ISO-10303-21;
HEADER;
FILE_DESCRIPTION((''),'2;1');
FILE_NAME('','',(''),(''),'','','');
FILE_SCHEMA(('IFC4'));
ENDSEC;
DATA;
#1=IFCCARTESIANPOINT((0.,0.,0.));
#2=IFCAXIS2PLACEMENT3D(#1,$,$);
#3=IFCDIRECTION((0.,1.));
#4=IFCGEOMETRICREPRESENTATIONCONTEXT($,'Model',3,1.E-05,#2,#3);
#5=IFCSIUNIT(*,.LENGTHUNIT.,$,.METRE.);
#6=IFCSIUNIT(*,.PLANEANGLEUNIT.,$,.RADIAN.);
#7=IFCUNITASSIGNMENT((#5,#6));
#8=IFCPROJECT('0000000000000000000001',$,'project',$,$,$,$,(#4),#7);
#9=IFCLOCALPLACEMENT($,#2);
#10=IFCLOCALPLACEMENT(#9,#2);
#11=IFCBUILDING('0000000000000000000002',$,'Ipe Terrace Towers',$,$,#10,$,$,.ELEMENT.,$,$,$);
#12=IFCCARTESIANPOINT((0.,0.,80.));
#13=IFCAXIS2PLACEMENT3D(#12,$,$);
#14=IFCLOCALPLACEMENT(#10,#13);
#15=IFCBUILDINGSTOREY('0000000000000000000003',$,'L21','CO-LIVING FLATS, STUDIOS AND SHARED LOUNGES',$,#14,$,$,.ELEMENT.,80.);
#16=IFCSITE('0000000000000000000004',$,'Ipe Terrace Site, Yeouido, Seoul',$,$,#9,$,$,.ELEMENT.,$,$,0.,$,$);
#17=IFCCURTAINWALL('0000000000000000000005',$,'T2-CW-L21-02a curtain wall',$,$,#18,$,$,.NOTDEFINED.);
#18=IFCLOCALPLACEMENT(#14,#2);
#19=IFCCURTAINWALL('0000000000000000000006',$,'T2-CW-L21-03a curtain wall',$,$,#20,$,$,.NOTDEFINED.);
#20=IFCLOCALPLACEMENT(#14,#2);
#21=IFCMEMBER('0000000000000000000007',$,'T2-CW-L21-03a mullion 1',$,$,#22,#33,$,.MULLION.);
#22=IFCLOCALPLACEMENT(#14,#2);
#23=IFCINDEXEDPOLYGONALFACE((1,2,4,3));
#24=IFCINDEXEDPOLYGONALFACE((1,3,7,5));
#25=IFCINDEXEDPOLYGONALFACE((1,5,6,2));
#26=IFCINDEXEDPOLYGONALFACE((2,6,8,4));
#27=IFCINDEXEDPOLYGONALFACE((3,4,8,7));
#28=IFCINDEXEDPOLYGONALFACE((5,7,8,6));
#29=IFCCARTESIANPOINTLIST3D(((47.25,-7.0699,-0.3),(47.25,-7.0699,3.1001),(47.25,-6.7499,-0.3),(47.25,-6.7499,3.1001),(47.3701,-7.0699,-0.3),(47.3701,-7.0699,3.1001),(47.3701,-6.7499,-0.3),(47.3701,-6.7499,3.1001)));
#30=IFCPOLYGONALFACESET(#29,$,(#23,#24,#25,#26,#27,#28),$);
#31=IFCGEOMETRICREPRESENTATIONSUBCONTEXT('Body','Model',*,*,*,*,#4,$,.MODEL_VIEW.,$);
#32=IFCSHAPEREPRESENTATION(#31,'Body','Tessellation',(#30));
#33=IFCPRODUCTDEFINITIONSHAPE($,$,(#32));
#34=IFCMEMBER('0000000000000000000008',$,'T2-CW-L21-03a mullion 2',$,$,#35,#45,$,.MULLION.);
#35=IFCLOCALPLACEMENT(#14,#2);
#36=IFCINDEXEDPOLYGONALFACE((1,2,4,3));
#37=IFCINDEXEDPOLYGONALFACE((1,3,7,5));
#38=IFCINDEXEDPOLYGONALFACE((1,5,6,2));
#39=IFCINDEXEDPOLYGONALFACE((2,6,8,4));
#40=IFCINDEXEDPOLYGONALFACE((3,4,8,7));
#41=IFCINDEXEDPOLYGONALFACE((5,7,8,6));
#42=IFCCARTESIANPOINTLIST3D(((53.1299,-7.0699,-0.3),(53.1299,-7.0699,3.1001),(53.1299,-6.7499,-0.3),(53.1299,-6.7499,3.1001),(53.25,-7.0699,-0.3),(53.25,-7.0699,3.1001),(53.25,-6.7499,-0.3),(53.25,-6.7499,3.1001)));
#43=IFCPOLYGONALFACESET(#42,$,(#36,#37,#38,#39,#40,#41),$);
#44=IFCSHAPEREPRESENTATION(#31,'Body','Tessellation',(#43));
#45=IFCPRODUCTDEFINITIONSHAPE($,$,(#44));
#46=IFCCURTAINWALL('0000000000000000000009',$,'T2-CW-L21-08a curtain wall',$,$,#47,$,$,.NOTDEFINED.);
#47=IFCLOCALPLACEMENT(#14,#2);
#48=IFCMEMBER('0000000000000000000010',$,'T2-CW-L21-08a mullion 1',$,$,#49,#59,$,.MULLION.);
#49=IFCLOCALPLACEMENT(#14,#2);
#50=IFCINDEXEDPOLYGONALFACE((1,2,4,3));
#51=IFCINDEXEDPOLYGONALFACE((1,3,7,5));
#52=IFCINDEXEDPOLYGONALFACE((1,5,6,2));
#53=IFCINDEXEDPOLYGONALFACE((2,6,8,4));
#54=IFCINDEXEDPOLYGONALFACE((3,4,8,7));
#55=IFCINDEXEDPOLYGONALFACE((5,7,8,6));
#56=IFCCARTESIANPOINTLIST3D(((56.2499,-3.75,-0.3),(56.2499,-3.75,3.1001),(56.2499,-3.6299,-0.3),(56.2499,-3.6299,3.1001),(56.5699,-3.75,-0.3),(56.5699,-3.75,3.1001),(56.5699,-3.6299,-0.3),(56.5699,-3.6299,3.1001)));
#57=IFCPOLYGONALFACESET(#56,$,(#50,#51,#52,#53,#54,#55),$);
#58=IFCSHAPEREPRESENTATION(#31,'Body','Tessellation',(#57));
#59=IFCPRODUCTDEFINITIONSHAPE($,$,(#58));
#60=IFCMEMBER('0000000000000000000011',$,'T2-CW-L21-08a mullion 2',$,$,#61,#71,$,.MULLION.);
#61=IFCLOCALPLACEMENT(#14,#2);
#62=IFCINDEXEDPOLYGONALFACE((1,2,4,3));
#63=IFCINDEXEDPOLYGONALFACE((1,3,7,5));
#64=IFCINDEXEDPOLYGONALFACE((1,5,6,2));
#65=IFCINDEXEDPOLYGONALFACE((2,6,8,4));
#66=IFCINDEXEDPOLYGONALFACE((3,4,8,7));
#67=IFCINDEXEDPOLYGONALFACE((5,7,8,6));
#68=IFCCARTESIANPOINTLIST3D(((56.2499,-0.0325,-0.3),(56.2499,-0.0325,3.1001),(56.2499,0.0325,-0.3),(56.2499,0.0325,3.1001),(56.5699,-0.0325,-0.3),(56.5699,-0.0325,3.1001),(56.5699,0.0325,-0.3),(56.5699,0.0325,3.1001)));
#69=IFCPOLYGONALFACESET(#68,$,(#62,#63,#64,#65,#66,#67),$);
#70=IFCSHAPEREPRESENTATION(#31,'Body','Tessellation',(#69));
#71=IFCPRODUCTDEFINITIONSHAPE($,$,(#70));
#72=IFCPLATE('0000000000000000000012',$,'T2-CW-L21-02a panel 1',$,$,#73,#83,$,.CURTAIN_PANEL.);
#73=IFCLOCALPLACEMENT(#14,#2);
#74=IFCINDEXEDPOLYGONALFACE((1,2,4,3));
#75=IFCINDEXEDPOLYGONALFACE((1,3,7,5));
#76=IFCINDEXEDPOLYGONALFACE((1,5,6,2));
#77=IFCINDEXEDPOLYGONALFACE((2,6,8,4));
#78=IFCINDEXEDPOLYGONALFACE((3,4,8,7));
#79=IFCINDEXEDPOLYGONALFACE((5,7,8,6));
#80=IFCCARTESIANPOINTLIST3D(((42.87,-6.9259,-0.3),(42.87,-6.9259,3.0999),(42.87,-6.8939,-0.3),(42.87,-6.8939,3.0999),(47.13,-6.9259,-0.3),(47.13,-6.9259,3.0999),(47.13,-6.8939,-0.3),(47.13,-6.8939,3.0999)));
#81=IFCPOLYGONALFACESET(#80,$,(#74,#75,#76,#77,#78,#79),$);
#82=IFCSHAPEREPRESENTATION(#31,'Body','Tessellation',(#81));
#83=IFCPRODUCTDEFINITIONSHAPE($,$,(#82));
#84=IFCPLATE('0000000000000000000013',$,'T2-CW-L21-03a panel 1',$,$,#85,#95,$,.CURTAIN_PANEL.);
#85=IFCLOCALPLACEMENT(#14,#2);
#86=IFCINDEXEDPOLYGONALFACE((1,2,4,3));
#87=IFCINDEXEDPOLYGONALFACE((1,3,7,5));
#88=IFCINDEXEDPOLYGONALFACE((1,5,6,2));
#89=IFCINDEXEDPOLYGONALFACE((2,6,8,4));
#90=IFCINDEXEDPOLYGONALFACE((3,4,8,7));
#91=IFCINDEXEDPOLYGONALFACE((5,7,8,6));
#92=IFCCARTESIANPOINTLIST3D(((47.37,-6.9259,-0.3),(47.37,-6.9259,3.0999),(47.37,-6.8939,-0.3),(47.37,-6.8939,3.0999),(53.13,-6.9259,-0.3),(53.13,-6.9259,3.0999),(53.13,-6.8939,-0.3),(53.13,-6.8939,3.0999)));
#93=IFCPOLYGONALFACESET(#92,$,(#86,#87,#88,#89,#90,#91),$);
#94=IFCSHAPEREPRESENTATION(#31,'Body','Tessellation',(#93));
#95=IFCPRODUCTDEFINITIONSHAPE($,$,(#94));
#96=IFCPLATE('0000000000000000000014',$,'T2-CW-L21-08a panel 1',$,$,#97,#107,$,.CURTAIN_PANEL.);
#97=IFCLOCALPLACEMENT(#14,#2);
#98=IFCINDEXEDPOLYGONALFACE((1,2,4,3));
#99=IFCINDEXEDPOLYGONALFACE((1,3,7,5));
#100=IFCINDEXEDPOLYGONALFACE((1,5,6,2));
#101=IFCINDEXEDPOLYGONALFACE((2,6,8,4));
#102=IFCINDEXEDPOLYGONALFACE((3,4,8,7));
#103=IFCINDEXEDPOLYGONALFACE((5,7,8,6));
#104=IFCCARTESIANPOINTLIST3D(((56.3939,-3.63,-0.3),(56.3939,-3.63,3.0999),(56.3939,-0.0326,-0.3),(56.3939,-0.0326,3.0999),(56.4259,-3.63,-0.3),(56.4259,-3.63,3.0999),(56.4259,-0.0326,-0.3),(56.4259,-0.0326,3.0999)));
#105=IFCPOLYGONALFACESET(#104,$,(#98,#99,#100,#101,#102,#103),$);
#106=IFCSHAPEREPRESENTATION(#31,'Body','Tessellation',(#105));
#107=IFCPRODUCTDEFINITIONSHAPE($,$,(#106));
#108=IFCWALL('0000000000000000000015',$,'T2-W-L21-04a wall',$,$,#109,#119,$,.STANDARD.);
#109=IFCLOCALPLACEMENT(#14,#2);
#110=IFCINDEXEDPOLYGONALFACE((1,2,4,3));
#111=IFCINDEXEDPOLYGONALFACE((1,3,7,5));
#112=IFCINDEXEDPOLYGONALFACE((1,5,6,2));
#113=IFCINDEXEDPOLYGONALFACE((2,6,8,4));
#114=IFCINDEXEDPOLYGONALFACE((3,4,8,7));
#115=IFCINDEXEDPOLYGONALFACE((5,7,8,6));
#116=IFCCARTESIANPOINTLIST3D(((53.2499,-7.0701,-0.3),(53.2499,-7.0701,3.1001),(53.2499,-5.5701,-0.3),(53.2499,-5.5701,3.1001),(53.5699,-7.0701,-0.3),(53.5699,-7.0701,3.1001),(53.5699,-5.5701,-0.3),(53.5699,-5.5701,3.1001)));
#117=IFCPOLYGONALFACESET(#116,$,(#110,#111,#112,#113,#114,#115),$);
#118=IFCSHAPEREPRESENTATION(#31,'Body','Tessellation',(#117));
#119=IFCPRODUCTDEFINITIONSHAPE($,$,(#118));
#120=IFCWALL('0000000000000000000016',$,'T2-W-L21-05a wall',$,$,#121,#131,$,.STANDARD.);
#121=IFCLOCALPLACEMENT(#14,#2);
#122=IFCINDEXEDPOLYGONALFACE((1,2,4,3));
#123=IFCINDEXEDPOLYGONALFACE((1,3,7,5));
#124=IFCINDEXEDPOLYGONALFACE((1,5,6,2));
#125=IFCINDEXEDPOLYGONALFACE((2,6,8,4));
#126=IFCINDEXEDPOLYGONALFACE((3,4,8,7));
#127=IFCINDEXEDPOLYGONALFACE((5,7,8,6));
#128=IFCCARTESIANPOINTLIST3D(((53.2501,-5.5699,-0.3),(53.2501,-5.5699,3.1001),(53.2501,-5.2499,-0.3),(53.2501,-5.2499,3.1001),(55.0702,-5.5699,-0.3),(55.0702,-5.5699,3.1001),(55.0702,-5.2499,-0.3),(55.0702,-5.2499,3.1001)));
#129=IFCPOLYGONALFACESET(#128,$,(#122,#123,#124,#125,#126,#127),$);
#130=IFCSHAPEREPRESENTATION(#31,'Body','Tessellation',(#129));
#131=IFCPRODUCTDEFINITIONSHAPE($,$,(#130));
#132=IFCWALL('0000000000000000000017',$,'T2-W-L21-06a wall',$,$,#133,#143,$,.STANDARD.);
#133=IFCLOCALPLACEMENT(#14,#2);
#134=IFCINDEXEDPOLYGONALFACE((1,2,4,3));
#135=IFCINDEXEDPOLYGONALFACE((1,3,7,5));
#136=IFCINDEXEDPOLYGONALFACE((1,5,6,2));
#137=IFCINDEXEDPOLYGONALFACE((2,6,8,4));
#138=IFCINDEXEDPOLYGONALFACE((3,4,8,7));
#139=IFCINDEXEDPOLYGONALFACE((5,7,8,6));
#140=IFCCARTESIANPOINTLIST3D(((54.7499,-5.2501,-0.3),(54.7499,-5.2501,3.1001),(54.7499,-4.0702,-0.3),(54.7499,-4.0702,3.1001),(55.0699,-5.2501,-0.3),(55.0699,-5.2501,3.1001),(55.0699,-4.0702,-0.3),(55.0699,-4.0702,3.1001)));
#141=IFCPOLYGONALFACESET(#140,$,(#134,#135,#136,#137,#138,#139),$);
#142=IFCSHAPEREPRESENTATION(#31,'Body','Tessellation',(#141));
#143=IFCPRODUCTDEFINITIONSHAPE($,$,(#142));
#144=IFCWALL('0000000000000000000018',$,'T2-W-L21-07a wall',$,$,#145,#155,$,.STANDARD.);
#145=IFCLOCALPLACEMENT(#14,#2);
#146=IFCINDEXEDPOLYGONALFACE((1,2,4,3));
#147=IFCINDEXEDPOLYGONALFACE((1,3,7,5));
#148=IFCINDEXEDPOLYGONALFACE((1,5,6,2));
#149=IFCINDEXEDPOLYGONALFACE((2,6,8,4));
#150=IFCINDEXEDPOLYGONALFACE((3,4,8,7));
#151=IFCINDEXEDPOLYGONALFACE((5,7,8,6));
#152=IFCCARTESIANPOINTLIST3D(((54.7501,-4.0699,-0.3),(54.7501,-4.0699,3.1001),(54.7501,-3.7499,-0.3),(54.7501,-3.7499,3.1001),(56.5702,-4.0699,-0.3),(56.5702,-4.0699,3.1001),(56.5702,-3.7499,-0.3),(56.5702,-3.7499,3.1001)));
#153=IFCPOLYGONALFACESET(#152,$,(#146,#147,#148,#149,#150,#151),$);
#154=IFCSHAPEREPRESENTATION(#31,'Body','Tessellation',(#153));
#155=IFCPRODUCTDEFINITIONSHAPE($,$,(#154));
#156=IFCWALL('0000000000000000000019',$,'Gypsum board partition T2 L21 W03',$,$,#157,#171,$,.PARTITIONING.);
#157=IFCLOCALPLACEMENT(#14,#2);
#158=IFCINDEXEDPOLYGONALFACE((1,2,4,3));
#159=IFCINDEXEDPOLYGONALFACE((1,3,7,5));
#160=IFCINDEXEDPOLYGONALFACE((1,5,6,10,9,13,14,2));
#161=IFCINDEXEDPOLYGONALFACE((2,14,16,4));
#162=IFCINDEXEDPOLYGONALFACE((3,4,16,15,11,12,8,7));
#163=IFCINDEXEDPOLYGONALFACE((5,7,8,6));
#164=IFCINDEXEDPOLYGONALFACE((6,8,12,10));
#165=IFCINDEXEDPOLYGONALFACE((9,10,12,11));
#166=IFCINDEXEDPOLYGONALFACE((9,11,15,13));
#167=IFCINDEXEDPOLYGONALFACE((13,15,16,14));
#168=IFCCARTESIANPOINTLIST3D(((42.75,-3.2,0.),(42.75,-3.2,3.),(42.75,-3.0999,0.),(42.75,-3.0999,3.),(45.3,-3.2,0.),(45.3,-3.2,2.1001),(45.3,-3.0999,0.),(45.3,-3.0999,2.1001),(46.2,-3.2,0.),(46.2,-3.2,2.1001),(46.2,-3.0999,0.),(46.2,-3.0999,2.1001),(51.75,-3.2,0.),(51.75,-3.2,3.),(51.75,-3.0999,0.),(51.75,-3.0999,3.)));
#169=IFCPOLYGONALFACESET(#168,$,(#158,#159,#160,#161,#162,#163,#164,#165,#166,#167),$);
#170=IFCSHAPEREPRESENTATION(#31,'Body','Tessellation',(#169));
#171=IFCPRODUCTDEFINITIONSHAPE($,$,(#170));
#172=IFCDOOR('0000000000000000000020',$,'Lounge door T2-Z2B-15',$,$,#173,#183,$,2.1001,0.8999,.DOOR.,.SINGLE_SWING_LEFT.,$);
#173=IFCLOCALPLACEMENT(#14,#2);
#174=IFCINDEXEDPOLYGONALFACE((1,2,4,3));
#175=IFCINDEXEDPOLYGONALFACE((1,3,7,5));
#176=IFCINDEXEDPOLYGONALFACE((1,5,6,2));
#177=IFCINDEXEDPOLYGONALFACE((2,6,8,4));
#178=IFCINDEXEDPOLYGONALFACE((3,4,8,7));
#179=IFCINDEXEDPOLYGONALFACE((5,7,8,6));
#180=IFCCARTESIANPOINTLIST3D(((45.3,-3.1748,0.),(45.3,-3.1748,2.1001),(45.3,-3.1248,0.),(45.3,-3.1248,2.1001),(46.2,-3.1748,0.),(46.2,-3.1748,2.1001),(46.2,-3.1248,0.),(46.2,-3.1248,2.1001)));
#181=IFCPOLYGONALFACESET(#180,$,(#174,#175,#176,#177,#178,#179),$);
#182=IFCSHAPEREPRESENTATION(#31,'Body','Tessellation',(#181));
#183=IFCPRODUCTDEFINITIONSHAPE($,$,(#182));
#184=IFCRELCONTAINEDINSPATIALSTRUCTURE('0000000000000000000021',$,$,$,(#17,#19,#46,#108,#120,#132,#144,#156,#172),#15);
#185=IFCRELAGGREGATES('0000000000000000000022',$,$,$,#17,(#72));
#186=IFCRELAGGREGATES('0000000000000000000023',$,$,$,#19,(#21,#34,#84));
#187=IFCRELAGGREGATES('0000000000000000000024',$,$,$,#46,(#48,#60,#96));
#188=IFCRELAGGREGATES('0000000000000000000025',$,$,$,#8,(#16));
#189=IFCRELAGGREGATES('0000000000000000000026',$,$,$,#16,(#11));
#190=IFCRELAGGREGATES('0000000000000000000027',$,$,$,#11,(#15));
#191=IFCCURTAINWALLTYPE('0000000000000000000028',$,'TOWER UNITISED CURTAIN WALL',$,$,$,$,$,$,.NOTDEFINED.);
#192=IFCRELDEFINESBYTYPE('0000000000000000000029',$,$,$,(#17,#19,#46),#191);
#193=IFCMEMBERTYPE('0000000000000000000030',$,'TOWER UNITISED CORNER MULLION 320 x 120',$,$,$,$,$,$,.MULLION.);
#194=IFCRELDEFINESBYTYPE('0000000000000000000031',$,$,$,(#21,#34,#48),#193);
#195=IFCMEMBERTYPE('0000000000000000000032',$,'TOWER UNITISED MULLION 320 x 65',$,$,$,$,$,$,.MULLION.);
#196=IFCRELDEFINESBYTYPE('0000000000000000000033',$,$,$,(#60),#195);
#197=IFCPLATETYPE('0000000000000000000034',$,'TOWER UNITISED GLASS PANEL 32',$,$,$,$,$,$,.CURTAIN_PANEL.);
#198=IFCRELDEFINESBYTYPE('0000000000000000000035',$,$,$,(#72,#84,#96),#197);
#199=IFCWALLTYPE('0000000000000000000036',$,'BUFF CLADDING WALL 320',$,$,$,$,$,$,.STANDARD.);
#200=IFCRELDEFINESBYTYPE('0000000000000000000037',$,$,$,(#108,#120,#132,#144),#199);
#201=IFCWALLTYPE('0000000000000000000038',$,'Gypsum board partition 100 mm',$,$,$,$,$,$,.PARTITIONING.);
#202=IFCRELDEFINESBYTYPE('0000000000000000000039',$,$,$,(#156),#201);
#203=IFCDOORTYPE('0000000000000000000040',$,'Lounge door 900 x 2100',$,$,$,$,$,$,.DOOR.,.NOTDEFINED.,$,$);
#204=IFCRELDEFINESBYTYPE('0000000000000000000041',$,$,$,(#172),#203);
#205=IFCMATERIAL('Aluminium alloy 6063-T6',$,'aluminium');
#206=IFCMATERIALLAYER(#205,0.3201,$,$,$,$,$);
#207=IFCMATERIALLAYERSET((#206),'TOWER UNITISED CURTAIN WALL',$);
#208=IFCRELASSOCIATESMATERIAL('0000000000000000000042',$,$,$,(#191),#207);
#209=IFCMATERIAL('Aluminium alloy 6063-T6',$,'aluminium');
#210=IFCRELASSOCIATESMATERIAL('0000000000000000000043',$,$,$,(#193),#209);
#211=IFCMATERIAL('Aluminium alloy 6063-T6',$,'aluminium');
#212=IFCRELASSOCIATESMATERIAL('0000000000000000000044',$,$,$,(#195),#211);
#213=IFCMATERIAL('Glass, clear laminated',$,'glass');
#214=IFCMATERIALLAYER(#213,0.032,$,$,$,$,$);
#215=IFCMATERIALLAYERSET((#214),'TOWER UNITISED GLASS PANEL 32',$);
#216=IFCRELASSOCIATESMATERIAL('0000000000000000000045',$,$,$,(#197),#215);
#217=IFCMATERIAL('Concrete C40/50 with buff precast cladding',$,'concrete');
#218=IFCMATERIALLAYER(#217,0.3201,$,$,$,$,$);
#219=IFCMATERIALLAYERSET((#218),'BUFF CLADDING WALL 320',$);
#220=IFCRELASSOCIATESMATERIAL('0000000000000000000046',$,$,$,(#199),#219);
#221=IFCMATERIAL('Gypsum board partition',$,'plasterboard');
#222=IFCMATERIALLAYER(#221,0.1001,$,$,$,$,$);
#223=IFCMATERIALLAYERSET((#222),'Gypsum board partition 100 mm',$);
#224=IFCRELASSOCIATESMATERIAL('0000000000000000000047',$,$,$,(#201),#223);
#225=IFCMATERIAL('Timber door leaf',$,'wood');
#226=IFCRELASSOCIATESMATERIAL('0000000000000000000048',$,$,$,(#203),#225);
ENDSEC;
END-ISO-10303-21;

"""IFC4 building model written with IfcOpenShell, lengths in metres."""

from ifc_helpers import new_model, si_unit, direction, frame, frame_2d, origin, origin_2d, place, context, subcontext, project, spatial, rectangle, extrude, material, layer, layer_set, material_profile, profile_set, type_object, element, fill, aggregate, save


model = new_model("IFC4")

# Units and contexts
model_context = context("Model", 3, precision=1e-05, world=origin(), true_north=direction((0.0, 1.0)))
body_context = subcontext(model_context, "Body", "Model", "MODEL_VIEW")
ifc_project = project(units=[si_unit("LENGTHUNIT", "METRE"), si_unit("PLANEANGLEUNIT", "RADIAN")], contexts=[model_context])

# Site, building, storey
site_placement = place(None, origin())
site = spatial("IfcSite", under=ifc_project, at=site_placement, Name="Ipe Terrace Site, Yeouido, Seoul", CompositionType="ELEMENT", RefElevation=0.0)
building_placement = place(site_placement, origin())
building = spatial("IfcBuilding", under=site, at=building_placement, Name="Ipe Terrace Towers", CompositionType="ELEMENT")
storey_placement = place(building_placement, frame((0.0, 0.0, 80.0)))
storey = spatial("IfcBuildingStorey", under=building, at=storey_placement, Name="L21", Description="CO-LIVING FLATS, STUDIOS AND SHARED LOUNGES", CompositionType="ELEMENT", Elevation=80.0)

# Curtain wall
ifc_material_1 = material(Name="Aluminium alloy 6063-T6", Category="aluminium")
ifc_layer_1 = layer(ifc_material_1, 0.3201)
ifc_layer_set_1 = layer_set([ifc_layer_1], Name="TOWER UNITISED CURTAIN WALL")
curtain_wall_type = type_object("IfcCurtainWallType", Name="TOWER UNITISED CURTAIN WALL", PredefinedType="NOTDEFINED", material=ifc_layer_set_1)
curtain_wall_1_placement = place(storey_placement, origin())
curtain_wall_1 = element("IfcCurtainWall", 1, at=curtain_wall_1_placement, inside=storey, type_object=curtain_wall_type, Name="T2-CW-L21-02a curtain wall", PredefinedType="NOTDEFINED")
ifc_material_2 = material(Name="Aluminium alloy 6063-T6", Category="aluminium")
ifc_material_profile_1 = material_profile(ifc_material_2, rectangle(XDim=0.3201, YDim=0.1201, at=origin_2d()), Name="TOWER UNITISED CORNER MULLION 320 x 120")
ifc_profile_set_1 = profile_set([ifc_material_profile_1], Name="Aluminium alloy 6063-T6")
member_type_1 = type_object("IfcMemberType", Name="TOWER UNITISED CORNER MULLION 320 x 120", PredefinedType="MULLION", material=ifc_profile_set_1)

# Curtain walls, members
curtain_wall_2_placement = place(storey_placement, origin())
curtain_wall_2 = element("IfcCurtainWall", 2, at=curtain_wall_2_placement, inside=storey, type_object=curtain_wall_type, Name="T2-CW-L21-03a curtain wall", PredefinedType="NOTDEFINED")
member_1_placement = place(storey_placement, frame((47.3101, -6.9099, -0.3), z_axis=(0.0, 0.0, 1.0), x_axis=(0.0, -1.0, 0.0)))
member_1 = element("IfcMember", 3, at=member_1_placement, type_object=member_type_1, Name="T2-CW-L21-03a mullion 1", PredefinedType="MULLION", context=body_context, shape_type="SweptSolid", body=[
    extrude(rectangle(XDim=0.3201, YDim=0.1201, at=origin_2d()), origin(), (0.0, 0.0, 1.0), 3.4001),
])
member_2_placement = place(storey_placement, frame((53.1899, -6.9099, -0.3), z_axis=(0.0, 0.0, 1.0), x_axis=(0.0, -1.0, 0.0)))
member_2 = element("IfcMember", 4, at=member_2_placement, type_object=member_type_1, Name="T2-CW-L21-03a mullion 2", PredefinedType="MULLION", context=body_context, shape_type="SweptSolid", body=[
    extrude(rectangle(XDim=0.3201, YDim=0.1201, at=origin_2d()), origin(), (0.0, 0.0, 1.0), 3.4001),
])
curtain_wall_3_placement = place(storey_placement, origin())
curtain_wall_3 = element("IfcCurtainWall", 5, at=curtain_wall_3_placement, inside=storey, type_object=curtain_wall_type, Name="T2-CW-L21-08a curtain wall", PredefinedType="NOTDEFINED")
member_3_placement = place(storey_placement, frame((56.4099, -3.6899, -0.3), z_axis=(0.0, 0.0, 1.0), x_axis=(1.0, 0.0, 0.0)))
member_3 = element("IfcMember", 6, at=member_3_placement, type_object=member_type_1, Name="T2-CW-L21-08a mullion 1", PredefinedType="MULLION", context=body_context, shape_type="SweptSolid", body=[
    extrude(rectangle(XDim=0.3201, YDim=0.1201, at=origin_2d()), origin(), (0.0, 0.0, 1.0), 3.4001),
])
ifc_material_3 = material(Name="Aluminium alloy 6063-T6", Category="aluminium")
ifc_material_profile_2 = material_profile(ifc_material_3, rectangle(XDim=0.3201, YDim=0.0649, at=origin_2d()), Name="TOWER UNITISED MULLION 320 x 65")
ifc_profile_set_2 = profile_set([ifc_material_profile_2], Name="Aluminium alloy 6063-T6")
member_type_2 = type_object("IfcMemberType", Name="TOWER UNITISED MULLION 320 x 65", PredefinedType="MULLION", material=ifc_profile_set_2)
member_4_placement = place(storey_placement, frame((56.4099, 0.0, -0.3), z_axis=(0.0, 0.0, 1.0), x_axis=(1.0, 0.0, 0.0)))
member_4 = element("IfcMember", 7, at=member_4_placement, type_object=member_type_2, Name="T2-CW-L21-08a mullion 2", PredefinedType="MULLION", context=body_context, shape_type="SweptSolid", body=[
    extrude(rectangle(XDim=0.3201, YDim=0.0649, at=origin_2d()), origin(), (0.0, 0.0, 1.0), 3.4001),
])

# Plates
ifc_material_4 = material(Name="Glass, clear laminated", Category="glass")
ifc_layer_2 = layer(ifc_material_4, 0.032)
ifc_layer_set_2 = layer_set([ifc_layer_2], Name="TOWER UNITISED GLASS PANEL 32")
plate_type = type_object("IfcPlateType", Name="TOWER UNITISED GLASS PANEL 32", PredefinedType="CURTAIN_PANEL", material=ifc_layer_set_2)
plate_1_placement = place(storey_placement, frame((45.0, -6.9099, -0.3), z_axis=(0.0, 0.0, 1.0), x_axis=(1.0, 0.0, 0.0)))
plate_1 = element("IfcPlate", 8, at=plate_1_placement, type_object=plate_type, Name="T2-CW-L21-02a panel 1", PredefinedType="CURTAIN_PANEL", context=body_context, shape_type="SweptSolid", body=[
    extrude(rectangle(XDim=4.26, YDim=0.032, at=origin_2d()), origin(), (0.0, 0.0, 1.0), 3.3999),
])
aggregate(curtain_wall_1, [plate_1])
plate_2_placement = place(storey_placement, frame((50.25, -6.9099, -0.3), z_axis=(0.0, 0.0, 1.0), x_axis=(1.0, 0.0, 0.0)))
plate_2 = element("IfcPlate", 9, at=plate_2_placement, type_object=plate_type, Name="T2-CW-L21-03a panel 1", PredefinedType="CURTAIN_PANEL", context=body_context, shape_type="SweptSolid", body=[
    extrude(rectangle(XDim=5.76, YDim=0.032, at=origin_2d()), origin(), (0.0, 0.0, 1.0), 3.3999),
])
aggregate(curtain_wall_2, [member_1, member_2, plate_2])
plate_3_placement = place(storey_placement, frame((56.4099, -1.8313, -0.3), z_axis=(0.0, 0.0, 1.0), x_axis=(0.0, 1.0, 0.0)))
plate_3 = element("IfcPlate", 10, at=plate_3_placement, type_object=plate_type, Name="T2-CW-L21-08a panel 1", PredefinedType="CURTAIN_PANEL", context=body_context, shape_type="SweptSolid", body=[
    extrude(rectangle(XDim=3.5974, YDim=0.032, at=origin_2d()), origin(), (0.0, 0.0, 1.0), 3.3999),
])
aggregate(curtain_wall_3, [member_3, member_4, plate_3])

# Walls
ifc_material_5 = material(Name="Concrete C40/50 with buff precast cladding", Category="concrete")
ifc_layer_3 = layer(ifc_material_5, 0.3201)
ifc_layer_set_3 = layer_set([ifc_layer_3], Name="BUFF CLADDING WALL 320")
wall_type_1 = type_object("IfcWallType", Name="BUFF CLADDING WALL 320", PredefinedType="STANDARD", material=ifc_layer_set_3)
wall_1_placement = place(storey_placement, frame((53.4099, -7.0701, -0.3), z_axis=(0.0, 0.0, 1.0), x_axis=(0.0, 1.0, 0.0)))
element("IfcWall", 11, at=wall_1_placement, inside=storey, type_object=wall_type_1, Name="T2-W-L21-04a wall", PredefinedType="STANDARD", context=body_context, shape_type="SweptSolid", body=[
    extrude(rectangle(XDim=1.5, YDim=0.3201, at=frame_2d((0.75, 0.0))), origin(), (0.0, 0.0, 1.0), 3.4001),
])
wall_2_placement = place(storey_placement, frame((53.25, -5.4099, -0.3), z_axis=(0.0, 0.0, 1.0), x_axis=(1.0, 0.0, 0.0)))
element("IfcWall", 12, at=wall_2_placement, inside=storey, type_object=wall_type_1, Name="T2-W-L21-05a wall", PredefinedType="STANDARD", context=body_context, shape_type="SweptSolid", body=[
    extrude(rectangle(XDim=1.8201, YDim=0.3201, at=frame_2d((0.9102, 0.0))), origin(), (0.0, 0.0, 1.0), 3.4001),
])
wall_3_placement = place(storey_placement, frame((54.9099, -5.25, -0.3), z_axis=(0.0, 0.0, 1.0), x_axis=(0.0, 1.0, 0.0)))
element("IfcWall", 13, at=wall_3_placement, inside=storey, type_object=wall_type_1, Name="T2-W-L21-06a wall", PredefinedType="STANDARD", context=body_context, shape_type="SweptSolid", body=[
    extrude(rectangle(XDim=1.1799, YDim=0.3201, at=frame_2d((0.5898, 0.0))), origin(), (0.0, 0.0, 1.0), 3.4001),
])
wall_4_placement = place(storey_placement, frame((54.75, -3.9099, -0.3), z_axis=(0.0, 0.0, 1.0), x_axis=(1.0, 0.0, 0.0)))
element("IfcWall", 14, at=wall_4_placement, inside=storey, type_object=wall_type_1, Name="T2-W-L21-07a wall", PredefinedType="STANDARD", context=body_context, shape_type="SweptSolid", body=[
    extrude(rectangle(XDim=1.8201, YDim=0.3201, at=frame_2d((0.9102, 0.0))), origin(), (0.0, 0.0, 1.0), 3.4001),
])

# Wall, opening, door
ifc_material_6 = material(Name="Gypsum board partition", Category="plasterboard")
ifc_layer_4 = layer(ifc_material_6, 0.1001)
ifc_layer_set_4 = layer_set([ifc_layer_4], Name="Gypsum board partition 100 mm")
wall_type_2 = type_object("IfcWallType", Name="Gypsum board partition 100 mm", PredefinedType="PARTITIONING", material=ifc_layer_set_4)
wall_5_placement = place(storey_placement, frame((51.75, -3.1499, 0.0), z_axis=(0.0, 0.0, 1.0), x_axis=(-1.0, 0.0, 0.0)))
wall_5 = element("IfcWall", 15, at=wall_5_placement, inside=storey, type_object=wall_type_2, Name="Gypsum board partition T2 L21 W03", PredefinedType="PARTITIONING", context=body_context, shape_type="SweptSolid", body=[
    extrude(rectangle(XDim=9.0, YDim=0.1001, at=frame_2d((4.5, 0.0))), origin(), (0.0, 0.0, 1.0), 3.0),
])
opening_1_placement = place(wall_5_placement, frame((5.55, 0.0, 0.0)))
opening_1 = element("IfcOpeningElement", 16, at=opening_1_placement, cuts=wall_5, PredefinedType="OPENING", context=body_context, shape_type="SweptSolid", body=[
    extrude(rectangle(XDim=0.8999, YDim=2.1001, at=frame_2d((0.45, 1.05))), frame((0.0, 0.0601, 0.0), z_axis=(0.0, -1.0, 0.0), x_axis=(1.0, 0.0, 0.0)), (0.0, 0.0, 1.0), 0.1201),
])
ifc_material_7 = material(Name="Timber door leaf", Category="wood")
door_type_1 = type_object("IfcDoorType", Name="Lounge door 900 x 2100", OperationType="NOTDEFINED", PredefinedType="DOOR", material=ifc_material_7)
door_1_placement = place(opening_1_placement, origin())
door_1 = element("IfcDoor", 17, at=door_1_placement, inside=storey, type_object=door_type_1, Name="Lounge door T2-Z2B-15", OperationType="SINGLE_SWING_LEFT", OverallHeight=2.1001, OverallWidth=0.8999, PredefinedType="DOOR", context=body_context, shape_type="SweptSolid", body=[
    extrude(rectangle(XDim=0.8999, YDim=2.1001, at=frame_2d((0.45, 1.05))), frame((0.0, 0.0249, 0.0), z_axis=(0.0, -1.0, 0.0), x_axis=(1.0, 0.0, 0.0)), (0.0, 0.0, 1.0), 0.05),
])
fill(opening_1, door_1)

save(model, "model.ifc")
